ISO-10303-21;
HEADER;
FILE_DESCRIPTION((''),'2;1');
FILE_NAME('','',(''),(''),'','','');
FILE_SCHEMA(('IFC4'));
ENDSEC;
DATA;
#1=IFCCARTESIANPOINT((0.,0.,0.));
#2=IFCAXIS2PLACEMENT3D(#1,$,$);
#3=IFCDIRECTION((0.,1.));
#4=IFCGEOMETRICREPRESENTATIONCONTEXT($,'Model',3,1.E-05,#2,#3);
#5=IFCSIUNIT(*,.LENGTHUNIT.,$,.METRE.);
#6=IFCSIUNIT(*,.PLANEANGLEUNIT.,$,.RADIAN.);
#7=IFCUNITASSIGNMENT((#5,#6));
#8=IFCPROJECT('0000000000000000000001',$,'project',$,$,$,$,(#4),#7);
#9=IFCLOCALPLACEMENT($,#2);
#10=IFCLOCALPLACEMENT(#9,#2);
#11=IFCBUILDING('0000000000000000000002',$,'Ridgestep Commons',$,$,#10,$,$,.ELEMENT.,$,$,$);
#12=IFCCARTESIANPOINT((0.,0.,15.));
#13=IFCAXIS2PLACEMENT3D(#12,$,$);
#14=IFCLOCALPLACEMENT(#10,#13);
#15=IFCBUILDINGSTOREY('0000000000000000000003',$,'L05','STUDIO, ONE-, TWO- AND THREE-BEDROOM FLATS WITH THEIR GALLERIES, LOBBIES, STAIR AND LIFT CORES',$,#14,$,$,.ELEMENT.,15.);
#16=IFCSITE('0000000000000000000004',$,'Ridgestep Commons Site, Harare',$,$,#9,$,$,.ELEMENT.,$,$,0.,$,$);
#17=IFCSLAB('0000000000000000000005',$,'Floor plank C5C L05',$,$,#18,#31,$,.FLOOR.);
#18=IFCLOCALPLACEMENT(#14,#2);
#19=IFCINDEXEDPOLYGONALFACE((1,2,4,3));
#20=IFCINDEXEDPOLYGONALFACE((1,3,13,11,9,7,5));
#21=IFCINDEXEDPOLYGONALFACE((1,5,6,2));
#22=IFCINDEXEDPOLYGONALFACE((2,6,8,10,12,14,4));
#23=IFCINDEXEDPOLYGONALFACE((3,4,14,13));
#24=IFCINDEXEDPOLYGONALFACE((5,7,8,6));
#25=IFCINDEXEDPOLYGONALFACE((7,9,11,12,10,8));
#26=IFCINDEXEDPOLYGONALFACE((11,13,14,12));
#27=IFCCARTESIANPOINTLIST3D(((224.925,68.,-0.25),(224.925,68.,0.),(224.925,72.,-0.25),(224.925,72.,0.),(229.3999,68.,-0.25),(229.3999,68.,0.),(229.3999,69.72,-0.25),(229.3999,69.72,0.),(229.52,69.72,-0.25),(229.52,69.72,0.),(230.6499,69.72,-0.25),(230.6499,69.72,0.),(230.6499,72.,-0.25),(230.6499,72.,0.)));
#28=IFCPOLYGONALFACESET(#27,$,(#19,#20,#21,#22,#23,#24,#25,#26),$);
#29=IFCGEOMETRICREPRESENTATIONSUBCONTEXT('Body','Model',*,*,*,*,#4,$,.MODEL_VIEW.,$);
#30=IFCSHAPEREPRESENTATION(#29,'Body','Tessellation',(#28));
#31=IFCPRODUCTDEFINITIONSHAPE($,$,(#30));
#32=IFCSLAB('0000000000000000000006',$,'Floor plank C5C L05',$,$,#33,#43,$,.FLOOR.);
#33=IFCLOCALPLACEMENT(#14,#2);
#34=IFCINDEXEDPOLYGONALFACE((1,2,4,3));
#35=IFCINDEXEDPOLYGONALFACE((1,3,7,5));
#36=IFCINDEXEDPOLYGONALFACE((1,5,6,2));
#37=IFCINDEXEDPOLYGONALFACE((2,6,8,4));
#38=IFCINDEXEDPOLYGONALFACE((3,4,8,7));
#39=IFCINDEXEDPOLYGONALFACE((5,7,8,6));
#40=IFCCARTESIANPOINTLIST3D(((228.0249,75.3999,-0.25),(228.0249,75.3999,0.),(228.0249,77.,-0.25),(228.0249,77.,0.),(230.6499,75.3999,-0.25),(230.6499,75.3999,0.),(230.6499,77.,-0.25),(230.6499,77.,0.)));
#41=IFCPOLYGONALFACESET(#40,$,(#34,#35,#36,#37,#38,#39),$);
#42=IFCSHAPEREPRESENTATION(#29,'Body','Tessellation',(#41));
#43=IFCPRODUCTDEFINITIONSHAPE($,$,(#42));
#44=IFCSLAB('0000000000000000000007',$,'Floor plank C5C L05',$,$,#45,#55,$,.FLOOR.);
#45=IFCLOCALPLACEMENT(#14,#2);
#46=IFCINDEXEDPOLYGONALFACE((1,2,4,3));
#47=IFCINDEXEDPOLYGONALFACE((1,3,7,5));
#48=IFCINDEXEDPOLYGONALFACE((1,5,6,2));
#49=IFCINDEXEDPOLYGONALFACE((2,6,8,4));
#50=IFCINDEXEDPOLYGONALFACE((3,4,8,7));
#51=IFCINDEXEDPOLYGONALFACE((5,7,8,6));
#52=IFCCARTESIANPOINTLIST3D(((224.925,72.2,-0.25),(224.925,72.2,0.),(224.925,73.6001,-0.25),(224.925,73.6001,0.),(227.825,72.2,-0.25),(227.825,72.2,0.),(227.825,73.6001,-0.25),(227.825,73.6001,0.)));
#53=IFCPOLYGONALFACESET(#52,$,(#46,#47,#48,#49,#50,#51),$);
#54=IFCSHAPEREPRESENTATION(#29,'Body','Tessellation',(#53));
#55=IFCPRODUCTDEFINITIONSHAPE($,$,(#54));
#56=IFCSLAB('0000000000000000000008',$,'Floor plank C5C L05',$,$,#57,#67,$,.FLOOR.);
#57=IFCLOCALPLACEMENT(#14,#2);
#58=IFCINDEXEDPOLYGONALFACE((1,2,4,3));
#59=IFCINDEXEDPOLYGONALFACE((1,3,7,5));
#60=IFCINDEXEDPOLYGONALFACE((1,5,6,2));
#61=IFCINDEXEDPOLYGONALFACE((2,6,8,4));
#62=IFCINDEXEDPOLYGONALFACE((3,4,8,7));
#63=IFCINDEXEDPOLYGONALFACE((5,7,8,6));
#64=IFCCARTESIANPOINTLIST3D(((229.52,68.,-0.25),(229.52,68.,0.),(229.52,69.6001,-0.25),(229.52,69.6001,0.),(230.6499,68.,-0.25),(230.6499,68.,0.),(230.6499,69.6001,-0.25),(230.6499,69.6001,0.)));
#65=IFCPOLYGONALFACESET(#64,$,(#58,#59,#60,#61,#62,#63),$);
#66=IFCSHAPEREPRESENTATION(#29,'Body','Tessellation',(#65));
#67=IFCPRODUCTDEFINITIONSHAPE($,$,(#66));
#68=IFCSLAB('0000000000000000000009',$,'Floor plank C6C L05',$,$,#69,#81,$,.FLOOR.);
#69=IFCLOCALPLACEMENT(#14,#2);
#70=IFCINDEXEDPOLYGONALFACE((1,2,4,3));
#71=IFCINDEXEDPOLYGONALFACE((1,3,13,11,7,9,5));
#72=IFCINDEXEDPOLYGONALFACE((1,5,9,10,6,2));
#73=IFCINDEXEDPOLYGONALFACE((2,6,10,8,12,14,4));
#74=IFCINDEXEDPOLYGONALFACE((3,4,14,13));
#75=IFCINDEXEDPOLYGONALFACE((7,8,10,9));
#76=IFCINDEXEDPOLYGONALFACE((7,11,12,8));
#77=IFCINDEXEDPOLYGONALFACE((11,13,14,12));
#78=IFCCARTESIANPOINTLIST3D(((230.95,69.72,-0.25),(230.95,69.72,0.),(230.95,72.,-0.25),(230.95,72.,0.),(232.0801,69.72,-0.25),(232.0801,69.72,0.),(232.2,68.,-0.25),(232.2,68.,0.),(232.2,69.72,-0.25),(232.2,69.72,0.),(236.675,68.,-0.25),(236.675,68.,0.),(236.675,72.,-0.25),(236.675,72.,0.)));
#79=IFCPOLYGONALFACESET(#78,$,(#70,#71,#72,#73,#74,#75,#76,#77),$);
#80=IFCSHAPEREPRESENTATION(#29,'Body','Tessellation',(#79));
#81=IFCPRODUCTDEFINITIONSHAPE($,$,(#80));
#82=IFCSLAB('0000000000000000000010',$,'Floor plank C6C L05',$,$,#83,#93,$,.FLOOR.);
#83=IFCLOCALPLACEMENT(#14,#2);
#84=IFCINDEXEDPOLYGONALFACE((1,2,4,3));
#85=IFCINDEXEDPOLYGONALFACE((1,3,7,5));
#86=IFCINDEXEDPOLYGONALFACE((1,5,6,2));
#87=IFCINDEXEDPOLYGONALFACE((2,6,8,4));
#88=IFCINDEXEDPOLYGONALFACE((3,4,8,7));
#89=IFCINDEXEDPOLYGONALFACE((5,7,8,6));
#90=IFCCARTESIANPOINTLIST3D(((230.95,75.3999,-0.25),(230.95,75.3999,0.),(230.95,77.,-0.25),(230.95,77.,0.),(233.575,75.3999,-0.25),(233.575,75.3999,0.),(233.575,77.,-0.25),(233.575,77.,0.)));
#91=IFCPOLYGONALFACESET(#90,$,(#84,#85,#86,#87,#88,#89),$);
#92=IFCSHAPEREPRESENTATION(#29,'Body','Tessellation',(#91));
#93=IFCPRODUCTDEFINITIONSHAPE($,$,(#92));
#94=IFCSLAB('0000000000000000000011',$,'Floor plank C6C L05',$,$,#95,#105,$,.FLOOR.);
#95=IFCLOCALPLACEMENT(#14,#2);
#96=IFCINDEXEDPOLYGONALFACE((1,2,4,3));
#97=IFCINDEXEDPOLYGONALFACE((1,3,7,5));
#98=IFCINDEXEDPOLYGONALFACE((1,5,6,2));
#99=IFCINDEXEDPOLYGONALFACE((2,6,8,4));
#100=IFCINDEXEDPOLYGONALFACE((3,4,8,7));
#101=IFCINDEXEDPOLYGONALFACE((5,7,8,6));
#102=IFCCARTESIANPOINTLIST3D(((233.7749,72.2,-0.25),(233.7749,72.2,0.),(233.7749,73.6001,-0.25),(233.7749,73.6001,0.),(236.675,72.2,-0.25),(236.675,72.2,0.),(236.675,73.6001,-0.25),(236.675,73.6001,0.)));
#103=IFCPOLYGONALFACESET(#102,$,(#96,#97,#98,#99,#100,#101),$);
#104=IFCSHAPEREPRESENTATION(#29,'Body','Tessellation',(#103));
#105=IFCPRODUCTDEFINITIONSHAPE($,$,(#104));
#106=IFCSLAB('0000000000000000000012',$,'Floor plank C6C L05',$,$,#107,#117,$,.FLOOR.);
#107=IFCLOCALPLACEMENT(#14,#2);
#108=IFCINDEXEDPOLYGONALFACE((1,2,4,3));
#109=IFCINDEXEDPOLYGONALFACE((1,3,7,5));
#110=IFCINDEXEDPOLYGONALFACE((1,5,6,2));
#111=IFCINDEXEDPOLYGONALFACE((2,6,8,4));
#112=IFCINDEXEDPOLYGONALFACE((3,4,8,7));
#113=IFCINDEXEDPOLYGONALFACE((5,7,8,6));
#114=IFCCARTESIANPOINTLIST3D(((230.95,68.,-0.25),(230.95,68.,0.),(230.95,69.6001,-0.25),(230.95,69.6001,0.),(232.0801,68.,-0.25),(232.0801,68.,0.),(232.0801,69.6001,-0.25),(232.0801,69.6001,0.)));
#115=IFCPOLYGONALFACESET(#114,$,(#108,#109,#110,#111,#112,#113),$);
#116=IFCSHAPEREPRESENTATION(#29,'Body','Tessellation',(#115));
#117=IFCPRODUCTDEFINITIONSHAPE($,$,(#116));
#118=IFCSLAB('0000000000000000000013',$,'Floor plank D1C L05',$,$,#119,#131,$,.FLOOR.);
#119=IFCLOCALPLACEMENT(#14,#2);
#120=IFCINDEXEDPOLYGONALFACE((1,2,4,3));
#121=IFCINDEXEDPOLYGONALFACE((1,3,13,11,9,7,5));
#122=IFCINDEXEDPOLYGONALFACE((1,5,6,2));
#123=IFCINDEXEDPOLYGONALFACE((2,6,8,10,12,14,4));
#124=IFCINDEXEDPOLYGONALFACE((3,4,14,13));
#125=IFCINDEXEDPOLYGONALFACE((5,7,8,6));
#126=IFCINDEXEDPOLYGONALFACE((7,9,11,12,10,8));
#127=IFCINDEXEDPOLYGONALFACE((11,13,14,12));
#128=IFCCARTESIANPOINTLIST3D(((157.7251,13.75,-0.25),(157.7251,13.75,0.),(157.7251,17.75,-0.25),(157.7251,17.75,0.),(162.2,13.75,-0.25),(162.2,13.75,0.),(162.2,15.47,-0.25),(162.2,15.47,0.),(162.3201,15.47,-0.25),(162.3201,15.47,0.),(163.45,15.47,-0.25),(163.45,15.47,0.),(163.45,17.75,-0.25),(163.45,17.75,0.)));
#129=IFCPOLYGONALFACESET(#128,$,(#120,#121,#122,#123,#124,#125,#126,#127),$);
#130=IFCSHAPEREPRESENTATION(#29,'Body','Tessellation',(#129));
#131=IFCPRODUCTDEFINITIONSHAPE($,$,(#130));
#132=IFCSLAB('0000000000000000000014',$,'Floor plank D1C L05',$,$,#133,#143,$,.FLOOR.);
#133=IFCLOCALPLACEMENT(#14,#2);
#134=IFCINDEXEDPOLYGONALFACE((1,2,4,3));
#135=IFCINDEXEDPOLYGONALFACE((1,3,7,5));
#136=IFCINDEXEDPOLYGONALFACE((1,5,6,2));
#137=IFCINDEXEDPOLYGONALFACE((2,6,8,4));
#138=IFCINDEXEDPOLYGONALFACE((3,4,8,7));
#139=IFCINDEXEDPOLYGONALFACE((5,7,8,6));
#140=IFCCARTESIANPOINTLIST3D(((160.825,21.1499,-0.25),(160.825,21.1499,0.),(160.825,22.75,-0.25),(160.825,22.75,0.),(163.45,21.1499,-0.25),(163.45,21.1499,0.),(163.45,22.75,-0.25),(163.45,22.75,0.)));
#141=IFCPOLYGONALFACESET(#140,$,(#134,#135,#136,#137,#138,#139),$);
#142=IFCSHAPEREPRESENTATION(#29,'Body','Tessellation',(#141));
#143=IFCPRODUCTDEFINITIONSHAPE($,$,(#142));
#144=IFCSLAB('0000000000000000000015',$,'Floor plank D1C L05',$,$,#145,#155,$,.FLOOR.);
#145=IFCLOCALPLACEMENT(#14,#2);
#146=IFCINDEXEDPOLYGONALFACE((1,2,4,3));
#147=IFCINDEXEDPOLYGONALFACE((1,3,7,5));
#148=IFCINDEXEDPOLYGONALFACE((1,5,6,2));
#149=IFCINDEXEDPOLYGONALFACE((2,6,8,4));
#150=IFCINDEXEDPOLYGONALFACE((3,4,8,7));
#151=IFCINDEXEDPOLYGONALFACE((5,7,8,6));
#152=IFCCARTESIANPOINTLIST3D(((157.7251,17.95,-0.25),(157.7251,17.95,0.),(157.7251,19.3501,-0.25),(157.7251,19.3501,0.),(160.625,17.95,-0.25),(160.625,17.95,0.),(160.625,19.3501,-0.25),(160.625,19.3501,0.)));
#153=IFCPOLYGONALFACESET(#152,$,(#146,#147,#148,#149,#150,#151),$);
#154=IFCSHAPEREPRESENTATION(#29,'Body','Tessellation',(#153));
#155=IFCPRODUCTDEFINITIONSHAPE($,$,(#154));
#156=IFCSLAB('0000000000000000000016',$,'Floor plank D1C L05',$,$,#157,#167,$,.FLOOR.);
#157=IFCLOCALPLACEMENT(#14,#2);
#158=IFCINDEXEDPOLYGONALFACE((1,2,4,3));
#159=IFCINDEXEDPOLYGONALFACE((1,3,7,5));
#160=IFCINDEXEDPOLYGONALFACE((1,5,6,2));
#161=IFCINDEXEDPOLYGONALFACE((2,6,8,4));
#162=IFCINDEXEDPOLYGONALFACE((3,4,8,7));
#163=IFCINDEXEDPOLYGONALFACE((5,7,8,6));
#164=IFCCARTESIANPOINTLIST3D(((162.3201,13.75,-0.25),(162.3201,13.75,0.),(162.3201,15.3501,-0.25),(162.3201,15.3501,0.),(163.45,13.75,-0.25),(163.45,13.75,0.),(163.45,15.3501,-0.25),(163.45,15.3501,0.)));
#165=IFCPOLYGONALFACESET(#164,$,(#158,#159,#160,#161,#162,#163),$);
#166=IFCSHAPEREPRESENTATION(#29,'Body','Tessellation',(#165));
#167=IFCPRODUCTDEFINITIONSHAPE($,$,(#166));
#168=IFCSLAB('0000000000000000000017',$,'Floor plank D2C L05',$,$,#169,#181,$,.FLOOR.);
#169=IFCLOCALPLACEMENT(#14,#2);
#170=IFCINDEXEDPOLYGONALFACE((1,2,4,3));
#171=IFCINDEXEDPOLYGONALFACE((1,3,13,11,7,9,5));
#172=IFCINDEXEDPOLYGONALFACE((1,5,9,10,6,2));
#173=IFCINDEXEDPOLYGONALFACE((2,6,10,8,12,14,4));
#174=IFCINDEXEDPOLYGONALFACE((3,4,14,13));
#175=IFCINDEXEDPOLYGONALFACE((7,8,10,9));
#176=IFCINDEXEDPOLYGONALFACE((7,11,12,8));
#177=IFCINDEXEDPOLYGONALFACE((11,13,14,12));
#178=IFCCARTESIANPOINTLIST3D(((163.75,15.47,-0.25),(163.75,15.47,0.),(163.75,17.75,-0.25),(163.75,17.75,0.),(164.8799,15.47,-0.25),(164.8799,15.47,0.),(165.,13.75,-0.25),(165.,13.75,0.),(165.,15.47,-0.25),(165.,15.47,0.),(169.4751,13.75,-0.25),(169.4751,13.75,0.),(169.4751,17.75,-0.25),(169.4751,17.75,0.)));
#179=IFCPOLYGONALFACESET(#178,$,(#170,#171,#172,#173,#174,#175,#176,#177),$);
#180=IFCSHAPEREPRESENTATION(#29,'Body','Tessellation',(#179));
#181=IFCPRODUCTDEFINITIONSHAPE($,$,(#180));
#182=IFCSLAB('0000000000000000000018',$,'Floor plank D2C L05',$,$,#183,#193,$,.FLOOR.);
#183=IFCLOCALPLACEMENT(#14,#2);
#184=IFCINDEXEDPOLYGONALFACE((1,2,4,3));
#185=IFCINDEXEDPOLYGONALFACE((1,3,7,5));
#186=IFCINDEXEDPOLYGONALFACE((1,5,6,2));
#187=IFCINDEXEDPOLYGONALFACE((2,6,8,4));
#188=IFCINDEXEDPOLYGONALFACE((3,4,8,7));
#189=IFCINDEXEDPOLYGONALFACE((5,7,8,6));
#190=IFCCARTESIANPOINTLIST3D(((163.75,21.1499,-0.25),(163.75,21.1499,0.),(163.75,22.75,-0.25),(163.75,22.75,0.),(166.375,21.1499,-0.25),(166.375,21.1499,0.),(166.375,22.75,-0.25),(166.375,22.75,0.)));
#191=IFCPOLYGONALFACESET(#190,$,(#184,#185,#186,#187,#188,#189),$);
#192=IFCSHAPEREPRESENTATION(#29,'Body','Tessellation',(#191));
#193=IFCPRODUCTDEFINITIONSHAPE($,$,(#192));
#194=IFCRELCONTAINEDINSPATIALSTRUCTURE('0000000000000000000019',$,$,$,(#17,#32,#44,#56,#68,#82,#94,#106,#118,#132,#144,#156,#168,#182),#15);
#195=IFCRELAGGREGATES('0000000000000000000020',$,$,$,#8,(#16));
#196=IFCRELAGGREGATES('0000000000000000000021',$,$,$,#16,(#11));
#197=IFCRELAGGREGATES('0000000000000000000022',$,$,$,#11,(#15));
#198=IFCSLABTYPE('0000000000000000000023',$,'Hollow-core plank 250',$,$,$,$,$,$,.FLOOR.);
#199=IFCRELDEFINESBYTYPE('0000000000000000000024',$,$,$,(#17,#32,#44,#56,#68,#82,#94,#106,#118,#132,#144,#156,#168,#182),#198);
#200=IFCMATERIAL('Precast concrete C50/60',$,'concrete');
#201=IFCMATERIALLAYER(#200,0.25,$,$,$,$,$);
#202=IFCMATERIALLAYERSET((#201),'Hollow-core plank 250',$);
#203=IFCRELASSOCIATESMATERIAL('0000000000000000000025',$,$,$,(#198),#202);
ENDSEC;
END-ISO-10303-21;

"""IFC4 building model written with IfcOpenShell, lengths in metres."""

from ifc_helpers import new_model, si_unit, direction, frame, origin, place, context, subcontext, project, spatial, polyline, outline, extrude, material, layer, layer_set, type_object, element, save


model = new_model("IFC4")

# Units and contexts
model_context = context("Model", 3, precision=1e-05, world=origin(), true_north=direction((0.0, 1.0)))
body_context = subcontext(model_context, "Body", "Model", "MODEL_VIEW")
ifc_project = project(units=[si_unit("LENGTHUNIT", "METRE"), si_unit("PLANEANGLEUNIT", "RADIAN")], contexts=[model_context])

# Site, building, storey
site_placement = place(None, origin())
site = spatial("IfcSite", under=ifc_project, at=site_placement, Name="Ridgestep Commons Site, Harare", CompositionType="ELEMENT", RefElevation=0.0)
building_placement = place(site_placement, origin())
building = spatial("IfcBuilding", under=site, at=building_placement, Name="Ridgestep Commons", CompositionType="ELEMENT")
storey_placement = place(building_placement, frame((0.0, 0.0, 15.0)))
storey = spatial("IfcBuildingStorey", under=building, at=storey_placement, Name="L05", Description="STUDIO, ONE-, TWO- AND THREE-BEDROOM FLATS WITH THEIR GALLERIES, LOBBIES, STAIR AND LIFT CORES", CompositionType="ELEMENT", Elevation=15.0)

# Slabs
ifc_material = material(Name="Precast concrete C50/60", Category="concrete")
ifc_layer = layer(ifc_material, 0.25)
ifc_layer_set = layer_set([ifc_layer], Name="Hollow-core plank 250")
slab_type = type_object("IfcSlabType", Name="Hollow-core plank 250", PredefinedType="FLOOR", material=ifc_layer_set)
slab_1_placement = place(storey_placement, frame((0.0, 0.0, -0.25)))
element("IfcSlab", 1, at=slab_1_placement, inside=storey, type_object=slab_type, Name="Floor plank C5C L05", PredefinedType="FLOOR", context=body_context, shape_type="SweptSolid", body=[
    extrude(outline(polyline([(229.52, 69.72), (230.6499, 69.72), (230.6499, 72.0), (224.925, 72.0), (224.925, 68.0), (229.3999, 68.0), (229.3999, 69.72), (229.52, 69.72)])), origin(), (0.0, 0.0, 1.0), 0.25),
])
slab_2_placement = place(storey_placement, frame((0.0, 0.0, -0.25)))
element("IfcSlab", 2, at=slab_2_placement, inside=storey, type_object=slab_type, Name="Floor plank C5C L05", PredefinedType="FLOOR", context=body_context, shape_type="SweptSolid", body=[
    extrude(outline(polyline([(230.6499, 75.3999), (230.6499, 77.0), (228.0249, 77.0), (228.0249, 75.3999), (230.6499, 75.3999)])), origin(), (0.0, 0.0, 1.0), 0.25),
])
slab_3_placement = place(storey_placement, frame((0.0, 0.0, -0.25)))
element("IfcSlab", 3, at=slab_3_placement, inside=storey, type_object=slab_type, Name="Floor plank C5C L05", PredefinedType="FLOOR", context=body_context, shape_type="SweptSolid", body=[
    extrude(outline(polyline([(227.825, 72.2), (227.825, 73.6001), (224.925, 73.6001), (224.925, 72.2), (227.825, 72.2)])), origin(), (0.0, 0.0, 1.0), 0.25),
])
slab_4_placement = place(storey_placement, frame((0.0, 0.0, -0.25)))
element("IfcSlab", 4, at=slab_4_placement, inside=storey, type_object=slab_type, Name="Floor plank C5C L05", PredefinedType="FLOOR", context=body_context, shape_type="SweptSolid", body=[
    extrude(outline(polyline([(229.52, 68.0), (230.6499, 68.0), (230.6499, 69.6001), (229.52, 69.6001), (229.52, 68.0)])), origin(), (0.0, 0.0, 1.0), 0.25),
])
slab_5_placement = place(storey_placement, frame((0.0, 0.0, -0.25)))
element("IfcSlab", 5, at=slab_5_placement, inside=storey, type_object=slab_type, Name="Floor plank C6C L05", PredefinedType="FLOOR", context=body_context, shape_type="SweptSolid", body=[
    extrude(outline(polyline([(232.2, 68.0), (236.675, 68.0), (236.675, 72.0), (230.95, 72.0), (230.95, 69.72), (232.0801, 69.72), (232.2, 69.72), (232.2, 68.0)])), origin(), (0.0, 0.0, 1.0), 0.25),
])
slab_6_placement = place(storey_placement, frame((0.0, 0.0, -0.25)))
element("IfcSlab", 6, at=slab_6_placement, inside=storey, type_object=slab_type, Name="Floor plank C6C L05", PredefinedType="FLOOR", context=body_context, shape_type="SweptSolid", body=[
    extrude(outline(polyline([(233.575, 77.0), (230.95, 77.0), (230.95, 75.3999), (233.575, 75.3999), (233.575, 77.0)])), origin(), (0.0, 0.0, 1.0), 0.25),
])
slab_7_placement = place(storey_placement, frame((0.0, 0.0, -0.25)))
element("IfcSlab", 7, at=slab_7_placement, inside=storey, type_object=slab_type, Name="Floor plank C6C L05", PredefinedType="FLOOR", context=body_context, shape_type="SweptSolid", body=[
    extrude(outline(polyline([(236.675, 72.2), (236.675, 73.6001), (233.7749, 73.6001), (233.7749, 72.2), (236.675, 72.2)])), origin(), (0.0, 0.0, 1.0), 0.25),
])
slab_8_placement = place(storey_placement, frame((0.0, 0.0, -0.25)))
element("IfcSlab", 8, at=slab_8_placement, inside=storey, type_object=slab_type, Name="Floor plank C6C L05", PredefinedType="FLOOR", context=body_context, shape_type="SweptSolid", body=[
    extrude(outline(polyline([(232.0801, 69.6001), (230.95, 69.6001), (230.95, 68.0), (232.0801, 68.0), (232.0801, 69.6001)])), origin(), (0.0, 0.0, 1.0), 0.25),
])
slab_9_placement = place(storey_placement, frame((0.0, 0.0, -0.25)))
element("IfcSlab", 9, at=slab_9_placement, inside=storey, type_object=slab_type, Name="Floor plank D1C L05", PredefinedType="FLOOR", context=body_context, shape_type="SweptSolid", body=[
    extrude(outline(polyline([(162.3201, 15.47), (163.45, 15.47), (163.45, 17.75), (157.7251, 17.75), (157.7251, 13.75), (162.2, 13.75), (162.2, 15.47), (162.3201, 15.47)])), origin(), (0.0, 0.0, 1.0), 0.25),
])
slab_10_placement = place(storey_placement, frame((0.0, 0.0, -0.25)))
element("IfcSlab", 10, at=slab_10_placement, inside=storey, type_object=slab_type, Name="Floor plank D1C L05", PredefinedType="FLOOR", context=body_context, shape_type="SweptSolid", body=[
    extrude(outline(polyline([(163.45, 21.1499), (163.45, 22.75), (160.825, 22.75), (160.825, 21.1499), (163.45, 21.1499)])), origin(), (0.0, 0.0, 1.0), 0.25),
])
slab_11_placement = place(storey_placement, frame((0.0, 0.0, -0.25)))
element("IfcSlab", 11, at=slab_11_placement, inside=storey, type_object=slab_type, Name="Floor plank D1C L05", PredefinedType="FLOOR", context=body_context, shape_type="SweptSolid", body=[
    extrude(outline(polyline([(160.625, 17.95), (160.625, 19.3501), (157.7251, 19.3501), (157.7251, 17.95), (160.625, 17.95)])), origin(), (0.0, 0.0, 1.0), 0.25),
])
slab_12_placement = place(storey_placement, frame((0.0, 0.0, -0.25)))
element("IfcSlab", 12, at=slab_12_placement, inside=storey, type_object=slab_type, Name="Floor plank D1C L05", PredefinedType="FLOOR", context=body_context, shape_type="SweptSolid", body=[
    extrude(outline(polyline([(162.3201, 13.75), (163.45, 13.75), (163.45, 15.3501), (162.3201, 15.3501), (162.3201, 13.75)])), origin(), (0.0, 0.0, 1.0), 0.25),
])
slab_13_placement = place(storey_placement, frame((0.0, 0.0, -0.25)))
element("IfcSlab", 13, at=slab_13_placement, inside=storey, type_object=slab_type, Name="Floor plank D2C L05", PredefinedType="FLOOR", context=body_context, shape_type="SweptSolid", body=[
    extrude(outline(polyline([(165.0, 13.75), (169.4751, 13.75), (169.4751, 17.75), (163.75, 17.75), (163.75, 15.47), (164.8799, 15.47), (165.0, 15.47), (165.0, 13.75)])), origin(), (0.0, 0.0, 1.0), 0.25),
])
slab_14_placement = place(storey_placement, frame((0.0, 0.0, -0.25)))
element("IfcSlab", 14, at=slab_14_placement, inside=storey, type_object=slab_type, Name="Floor plank D2C L05", PredefinedType="FLOOR", context=body_context, shape_type="SweptSolid", body=[
    extrude(outline(polyline([(166.375, 22.75), (163.75, 22.75), (163.75, 21.1499), (166.375, 21.1499), (166.375, 22.75)])), origin(), (0.0, 0.0, 1.0), 0.25),
])

save(model, "model.ifc")
